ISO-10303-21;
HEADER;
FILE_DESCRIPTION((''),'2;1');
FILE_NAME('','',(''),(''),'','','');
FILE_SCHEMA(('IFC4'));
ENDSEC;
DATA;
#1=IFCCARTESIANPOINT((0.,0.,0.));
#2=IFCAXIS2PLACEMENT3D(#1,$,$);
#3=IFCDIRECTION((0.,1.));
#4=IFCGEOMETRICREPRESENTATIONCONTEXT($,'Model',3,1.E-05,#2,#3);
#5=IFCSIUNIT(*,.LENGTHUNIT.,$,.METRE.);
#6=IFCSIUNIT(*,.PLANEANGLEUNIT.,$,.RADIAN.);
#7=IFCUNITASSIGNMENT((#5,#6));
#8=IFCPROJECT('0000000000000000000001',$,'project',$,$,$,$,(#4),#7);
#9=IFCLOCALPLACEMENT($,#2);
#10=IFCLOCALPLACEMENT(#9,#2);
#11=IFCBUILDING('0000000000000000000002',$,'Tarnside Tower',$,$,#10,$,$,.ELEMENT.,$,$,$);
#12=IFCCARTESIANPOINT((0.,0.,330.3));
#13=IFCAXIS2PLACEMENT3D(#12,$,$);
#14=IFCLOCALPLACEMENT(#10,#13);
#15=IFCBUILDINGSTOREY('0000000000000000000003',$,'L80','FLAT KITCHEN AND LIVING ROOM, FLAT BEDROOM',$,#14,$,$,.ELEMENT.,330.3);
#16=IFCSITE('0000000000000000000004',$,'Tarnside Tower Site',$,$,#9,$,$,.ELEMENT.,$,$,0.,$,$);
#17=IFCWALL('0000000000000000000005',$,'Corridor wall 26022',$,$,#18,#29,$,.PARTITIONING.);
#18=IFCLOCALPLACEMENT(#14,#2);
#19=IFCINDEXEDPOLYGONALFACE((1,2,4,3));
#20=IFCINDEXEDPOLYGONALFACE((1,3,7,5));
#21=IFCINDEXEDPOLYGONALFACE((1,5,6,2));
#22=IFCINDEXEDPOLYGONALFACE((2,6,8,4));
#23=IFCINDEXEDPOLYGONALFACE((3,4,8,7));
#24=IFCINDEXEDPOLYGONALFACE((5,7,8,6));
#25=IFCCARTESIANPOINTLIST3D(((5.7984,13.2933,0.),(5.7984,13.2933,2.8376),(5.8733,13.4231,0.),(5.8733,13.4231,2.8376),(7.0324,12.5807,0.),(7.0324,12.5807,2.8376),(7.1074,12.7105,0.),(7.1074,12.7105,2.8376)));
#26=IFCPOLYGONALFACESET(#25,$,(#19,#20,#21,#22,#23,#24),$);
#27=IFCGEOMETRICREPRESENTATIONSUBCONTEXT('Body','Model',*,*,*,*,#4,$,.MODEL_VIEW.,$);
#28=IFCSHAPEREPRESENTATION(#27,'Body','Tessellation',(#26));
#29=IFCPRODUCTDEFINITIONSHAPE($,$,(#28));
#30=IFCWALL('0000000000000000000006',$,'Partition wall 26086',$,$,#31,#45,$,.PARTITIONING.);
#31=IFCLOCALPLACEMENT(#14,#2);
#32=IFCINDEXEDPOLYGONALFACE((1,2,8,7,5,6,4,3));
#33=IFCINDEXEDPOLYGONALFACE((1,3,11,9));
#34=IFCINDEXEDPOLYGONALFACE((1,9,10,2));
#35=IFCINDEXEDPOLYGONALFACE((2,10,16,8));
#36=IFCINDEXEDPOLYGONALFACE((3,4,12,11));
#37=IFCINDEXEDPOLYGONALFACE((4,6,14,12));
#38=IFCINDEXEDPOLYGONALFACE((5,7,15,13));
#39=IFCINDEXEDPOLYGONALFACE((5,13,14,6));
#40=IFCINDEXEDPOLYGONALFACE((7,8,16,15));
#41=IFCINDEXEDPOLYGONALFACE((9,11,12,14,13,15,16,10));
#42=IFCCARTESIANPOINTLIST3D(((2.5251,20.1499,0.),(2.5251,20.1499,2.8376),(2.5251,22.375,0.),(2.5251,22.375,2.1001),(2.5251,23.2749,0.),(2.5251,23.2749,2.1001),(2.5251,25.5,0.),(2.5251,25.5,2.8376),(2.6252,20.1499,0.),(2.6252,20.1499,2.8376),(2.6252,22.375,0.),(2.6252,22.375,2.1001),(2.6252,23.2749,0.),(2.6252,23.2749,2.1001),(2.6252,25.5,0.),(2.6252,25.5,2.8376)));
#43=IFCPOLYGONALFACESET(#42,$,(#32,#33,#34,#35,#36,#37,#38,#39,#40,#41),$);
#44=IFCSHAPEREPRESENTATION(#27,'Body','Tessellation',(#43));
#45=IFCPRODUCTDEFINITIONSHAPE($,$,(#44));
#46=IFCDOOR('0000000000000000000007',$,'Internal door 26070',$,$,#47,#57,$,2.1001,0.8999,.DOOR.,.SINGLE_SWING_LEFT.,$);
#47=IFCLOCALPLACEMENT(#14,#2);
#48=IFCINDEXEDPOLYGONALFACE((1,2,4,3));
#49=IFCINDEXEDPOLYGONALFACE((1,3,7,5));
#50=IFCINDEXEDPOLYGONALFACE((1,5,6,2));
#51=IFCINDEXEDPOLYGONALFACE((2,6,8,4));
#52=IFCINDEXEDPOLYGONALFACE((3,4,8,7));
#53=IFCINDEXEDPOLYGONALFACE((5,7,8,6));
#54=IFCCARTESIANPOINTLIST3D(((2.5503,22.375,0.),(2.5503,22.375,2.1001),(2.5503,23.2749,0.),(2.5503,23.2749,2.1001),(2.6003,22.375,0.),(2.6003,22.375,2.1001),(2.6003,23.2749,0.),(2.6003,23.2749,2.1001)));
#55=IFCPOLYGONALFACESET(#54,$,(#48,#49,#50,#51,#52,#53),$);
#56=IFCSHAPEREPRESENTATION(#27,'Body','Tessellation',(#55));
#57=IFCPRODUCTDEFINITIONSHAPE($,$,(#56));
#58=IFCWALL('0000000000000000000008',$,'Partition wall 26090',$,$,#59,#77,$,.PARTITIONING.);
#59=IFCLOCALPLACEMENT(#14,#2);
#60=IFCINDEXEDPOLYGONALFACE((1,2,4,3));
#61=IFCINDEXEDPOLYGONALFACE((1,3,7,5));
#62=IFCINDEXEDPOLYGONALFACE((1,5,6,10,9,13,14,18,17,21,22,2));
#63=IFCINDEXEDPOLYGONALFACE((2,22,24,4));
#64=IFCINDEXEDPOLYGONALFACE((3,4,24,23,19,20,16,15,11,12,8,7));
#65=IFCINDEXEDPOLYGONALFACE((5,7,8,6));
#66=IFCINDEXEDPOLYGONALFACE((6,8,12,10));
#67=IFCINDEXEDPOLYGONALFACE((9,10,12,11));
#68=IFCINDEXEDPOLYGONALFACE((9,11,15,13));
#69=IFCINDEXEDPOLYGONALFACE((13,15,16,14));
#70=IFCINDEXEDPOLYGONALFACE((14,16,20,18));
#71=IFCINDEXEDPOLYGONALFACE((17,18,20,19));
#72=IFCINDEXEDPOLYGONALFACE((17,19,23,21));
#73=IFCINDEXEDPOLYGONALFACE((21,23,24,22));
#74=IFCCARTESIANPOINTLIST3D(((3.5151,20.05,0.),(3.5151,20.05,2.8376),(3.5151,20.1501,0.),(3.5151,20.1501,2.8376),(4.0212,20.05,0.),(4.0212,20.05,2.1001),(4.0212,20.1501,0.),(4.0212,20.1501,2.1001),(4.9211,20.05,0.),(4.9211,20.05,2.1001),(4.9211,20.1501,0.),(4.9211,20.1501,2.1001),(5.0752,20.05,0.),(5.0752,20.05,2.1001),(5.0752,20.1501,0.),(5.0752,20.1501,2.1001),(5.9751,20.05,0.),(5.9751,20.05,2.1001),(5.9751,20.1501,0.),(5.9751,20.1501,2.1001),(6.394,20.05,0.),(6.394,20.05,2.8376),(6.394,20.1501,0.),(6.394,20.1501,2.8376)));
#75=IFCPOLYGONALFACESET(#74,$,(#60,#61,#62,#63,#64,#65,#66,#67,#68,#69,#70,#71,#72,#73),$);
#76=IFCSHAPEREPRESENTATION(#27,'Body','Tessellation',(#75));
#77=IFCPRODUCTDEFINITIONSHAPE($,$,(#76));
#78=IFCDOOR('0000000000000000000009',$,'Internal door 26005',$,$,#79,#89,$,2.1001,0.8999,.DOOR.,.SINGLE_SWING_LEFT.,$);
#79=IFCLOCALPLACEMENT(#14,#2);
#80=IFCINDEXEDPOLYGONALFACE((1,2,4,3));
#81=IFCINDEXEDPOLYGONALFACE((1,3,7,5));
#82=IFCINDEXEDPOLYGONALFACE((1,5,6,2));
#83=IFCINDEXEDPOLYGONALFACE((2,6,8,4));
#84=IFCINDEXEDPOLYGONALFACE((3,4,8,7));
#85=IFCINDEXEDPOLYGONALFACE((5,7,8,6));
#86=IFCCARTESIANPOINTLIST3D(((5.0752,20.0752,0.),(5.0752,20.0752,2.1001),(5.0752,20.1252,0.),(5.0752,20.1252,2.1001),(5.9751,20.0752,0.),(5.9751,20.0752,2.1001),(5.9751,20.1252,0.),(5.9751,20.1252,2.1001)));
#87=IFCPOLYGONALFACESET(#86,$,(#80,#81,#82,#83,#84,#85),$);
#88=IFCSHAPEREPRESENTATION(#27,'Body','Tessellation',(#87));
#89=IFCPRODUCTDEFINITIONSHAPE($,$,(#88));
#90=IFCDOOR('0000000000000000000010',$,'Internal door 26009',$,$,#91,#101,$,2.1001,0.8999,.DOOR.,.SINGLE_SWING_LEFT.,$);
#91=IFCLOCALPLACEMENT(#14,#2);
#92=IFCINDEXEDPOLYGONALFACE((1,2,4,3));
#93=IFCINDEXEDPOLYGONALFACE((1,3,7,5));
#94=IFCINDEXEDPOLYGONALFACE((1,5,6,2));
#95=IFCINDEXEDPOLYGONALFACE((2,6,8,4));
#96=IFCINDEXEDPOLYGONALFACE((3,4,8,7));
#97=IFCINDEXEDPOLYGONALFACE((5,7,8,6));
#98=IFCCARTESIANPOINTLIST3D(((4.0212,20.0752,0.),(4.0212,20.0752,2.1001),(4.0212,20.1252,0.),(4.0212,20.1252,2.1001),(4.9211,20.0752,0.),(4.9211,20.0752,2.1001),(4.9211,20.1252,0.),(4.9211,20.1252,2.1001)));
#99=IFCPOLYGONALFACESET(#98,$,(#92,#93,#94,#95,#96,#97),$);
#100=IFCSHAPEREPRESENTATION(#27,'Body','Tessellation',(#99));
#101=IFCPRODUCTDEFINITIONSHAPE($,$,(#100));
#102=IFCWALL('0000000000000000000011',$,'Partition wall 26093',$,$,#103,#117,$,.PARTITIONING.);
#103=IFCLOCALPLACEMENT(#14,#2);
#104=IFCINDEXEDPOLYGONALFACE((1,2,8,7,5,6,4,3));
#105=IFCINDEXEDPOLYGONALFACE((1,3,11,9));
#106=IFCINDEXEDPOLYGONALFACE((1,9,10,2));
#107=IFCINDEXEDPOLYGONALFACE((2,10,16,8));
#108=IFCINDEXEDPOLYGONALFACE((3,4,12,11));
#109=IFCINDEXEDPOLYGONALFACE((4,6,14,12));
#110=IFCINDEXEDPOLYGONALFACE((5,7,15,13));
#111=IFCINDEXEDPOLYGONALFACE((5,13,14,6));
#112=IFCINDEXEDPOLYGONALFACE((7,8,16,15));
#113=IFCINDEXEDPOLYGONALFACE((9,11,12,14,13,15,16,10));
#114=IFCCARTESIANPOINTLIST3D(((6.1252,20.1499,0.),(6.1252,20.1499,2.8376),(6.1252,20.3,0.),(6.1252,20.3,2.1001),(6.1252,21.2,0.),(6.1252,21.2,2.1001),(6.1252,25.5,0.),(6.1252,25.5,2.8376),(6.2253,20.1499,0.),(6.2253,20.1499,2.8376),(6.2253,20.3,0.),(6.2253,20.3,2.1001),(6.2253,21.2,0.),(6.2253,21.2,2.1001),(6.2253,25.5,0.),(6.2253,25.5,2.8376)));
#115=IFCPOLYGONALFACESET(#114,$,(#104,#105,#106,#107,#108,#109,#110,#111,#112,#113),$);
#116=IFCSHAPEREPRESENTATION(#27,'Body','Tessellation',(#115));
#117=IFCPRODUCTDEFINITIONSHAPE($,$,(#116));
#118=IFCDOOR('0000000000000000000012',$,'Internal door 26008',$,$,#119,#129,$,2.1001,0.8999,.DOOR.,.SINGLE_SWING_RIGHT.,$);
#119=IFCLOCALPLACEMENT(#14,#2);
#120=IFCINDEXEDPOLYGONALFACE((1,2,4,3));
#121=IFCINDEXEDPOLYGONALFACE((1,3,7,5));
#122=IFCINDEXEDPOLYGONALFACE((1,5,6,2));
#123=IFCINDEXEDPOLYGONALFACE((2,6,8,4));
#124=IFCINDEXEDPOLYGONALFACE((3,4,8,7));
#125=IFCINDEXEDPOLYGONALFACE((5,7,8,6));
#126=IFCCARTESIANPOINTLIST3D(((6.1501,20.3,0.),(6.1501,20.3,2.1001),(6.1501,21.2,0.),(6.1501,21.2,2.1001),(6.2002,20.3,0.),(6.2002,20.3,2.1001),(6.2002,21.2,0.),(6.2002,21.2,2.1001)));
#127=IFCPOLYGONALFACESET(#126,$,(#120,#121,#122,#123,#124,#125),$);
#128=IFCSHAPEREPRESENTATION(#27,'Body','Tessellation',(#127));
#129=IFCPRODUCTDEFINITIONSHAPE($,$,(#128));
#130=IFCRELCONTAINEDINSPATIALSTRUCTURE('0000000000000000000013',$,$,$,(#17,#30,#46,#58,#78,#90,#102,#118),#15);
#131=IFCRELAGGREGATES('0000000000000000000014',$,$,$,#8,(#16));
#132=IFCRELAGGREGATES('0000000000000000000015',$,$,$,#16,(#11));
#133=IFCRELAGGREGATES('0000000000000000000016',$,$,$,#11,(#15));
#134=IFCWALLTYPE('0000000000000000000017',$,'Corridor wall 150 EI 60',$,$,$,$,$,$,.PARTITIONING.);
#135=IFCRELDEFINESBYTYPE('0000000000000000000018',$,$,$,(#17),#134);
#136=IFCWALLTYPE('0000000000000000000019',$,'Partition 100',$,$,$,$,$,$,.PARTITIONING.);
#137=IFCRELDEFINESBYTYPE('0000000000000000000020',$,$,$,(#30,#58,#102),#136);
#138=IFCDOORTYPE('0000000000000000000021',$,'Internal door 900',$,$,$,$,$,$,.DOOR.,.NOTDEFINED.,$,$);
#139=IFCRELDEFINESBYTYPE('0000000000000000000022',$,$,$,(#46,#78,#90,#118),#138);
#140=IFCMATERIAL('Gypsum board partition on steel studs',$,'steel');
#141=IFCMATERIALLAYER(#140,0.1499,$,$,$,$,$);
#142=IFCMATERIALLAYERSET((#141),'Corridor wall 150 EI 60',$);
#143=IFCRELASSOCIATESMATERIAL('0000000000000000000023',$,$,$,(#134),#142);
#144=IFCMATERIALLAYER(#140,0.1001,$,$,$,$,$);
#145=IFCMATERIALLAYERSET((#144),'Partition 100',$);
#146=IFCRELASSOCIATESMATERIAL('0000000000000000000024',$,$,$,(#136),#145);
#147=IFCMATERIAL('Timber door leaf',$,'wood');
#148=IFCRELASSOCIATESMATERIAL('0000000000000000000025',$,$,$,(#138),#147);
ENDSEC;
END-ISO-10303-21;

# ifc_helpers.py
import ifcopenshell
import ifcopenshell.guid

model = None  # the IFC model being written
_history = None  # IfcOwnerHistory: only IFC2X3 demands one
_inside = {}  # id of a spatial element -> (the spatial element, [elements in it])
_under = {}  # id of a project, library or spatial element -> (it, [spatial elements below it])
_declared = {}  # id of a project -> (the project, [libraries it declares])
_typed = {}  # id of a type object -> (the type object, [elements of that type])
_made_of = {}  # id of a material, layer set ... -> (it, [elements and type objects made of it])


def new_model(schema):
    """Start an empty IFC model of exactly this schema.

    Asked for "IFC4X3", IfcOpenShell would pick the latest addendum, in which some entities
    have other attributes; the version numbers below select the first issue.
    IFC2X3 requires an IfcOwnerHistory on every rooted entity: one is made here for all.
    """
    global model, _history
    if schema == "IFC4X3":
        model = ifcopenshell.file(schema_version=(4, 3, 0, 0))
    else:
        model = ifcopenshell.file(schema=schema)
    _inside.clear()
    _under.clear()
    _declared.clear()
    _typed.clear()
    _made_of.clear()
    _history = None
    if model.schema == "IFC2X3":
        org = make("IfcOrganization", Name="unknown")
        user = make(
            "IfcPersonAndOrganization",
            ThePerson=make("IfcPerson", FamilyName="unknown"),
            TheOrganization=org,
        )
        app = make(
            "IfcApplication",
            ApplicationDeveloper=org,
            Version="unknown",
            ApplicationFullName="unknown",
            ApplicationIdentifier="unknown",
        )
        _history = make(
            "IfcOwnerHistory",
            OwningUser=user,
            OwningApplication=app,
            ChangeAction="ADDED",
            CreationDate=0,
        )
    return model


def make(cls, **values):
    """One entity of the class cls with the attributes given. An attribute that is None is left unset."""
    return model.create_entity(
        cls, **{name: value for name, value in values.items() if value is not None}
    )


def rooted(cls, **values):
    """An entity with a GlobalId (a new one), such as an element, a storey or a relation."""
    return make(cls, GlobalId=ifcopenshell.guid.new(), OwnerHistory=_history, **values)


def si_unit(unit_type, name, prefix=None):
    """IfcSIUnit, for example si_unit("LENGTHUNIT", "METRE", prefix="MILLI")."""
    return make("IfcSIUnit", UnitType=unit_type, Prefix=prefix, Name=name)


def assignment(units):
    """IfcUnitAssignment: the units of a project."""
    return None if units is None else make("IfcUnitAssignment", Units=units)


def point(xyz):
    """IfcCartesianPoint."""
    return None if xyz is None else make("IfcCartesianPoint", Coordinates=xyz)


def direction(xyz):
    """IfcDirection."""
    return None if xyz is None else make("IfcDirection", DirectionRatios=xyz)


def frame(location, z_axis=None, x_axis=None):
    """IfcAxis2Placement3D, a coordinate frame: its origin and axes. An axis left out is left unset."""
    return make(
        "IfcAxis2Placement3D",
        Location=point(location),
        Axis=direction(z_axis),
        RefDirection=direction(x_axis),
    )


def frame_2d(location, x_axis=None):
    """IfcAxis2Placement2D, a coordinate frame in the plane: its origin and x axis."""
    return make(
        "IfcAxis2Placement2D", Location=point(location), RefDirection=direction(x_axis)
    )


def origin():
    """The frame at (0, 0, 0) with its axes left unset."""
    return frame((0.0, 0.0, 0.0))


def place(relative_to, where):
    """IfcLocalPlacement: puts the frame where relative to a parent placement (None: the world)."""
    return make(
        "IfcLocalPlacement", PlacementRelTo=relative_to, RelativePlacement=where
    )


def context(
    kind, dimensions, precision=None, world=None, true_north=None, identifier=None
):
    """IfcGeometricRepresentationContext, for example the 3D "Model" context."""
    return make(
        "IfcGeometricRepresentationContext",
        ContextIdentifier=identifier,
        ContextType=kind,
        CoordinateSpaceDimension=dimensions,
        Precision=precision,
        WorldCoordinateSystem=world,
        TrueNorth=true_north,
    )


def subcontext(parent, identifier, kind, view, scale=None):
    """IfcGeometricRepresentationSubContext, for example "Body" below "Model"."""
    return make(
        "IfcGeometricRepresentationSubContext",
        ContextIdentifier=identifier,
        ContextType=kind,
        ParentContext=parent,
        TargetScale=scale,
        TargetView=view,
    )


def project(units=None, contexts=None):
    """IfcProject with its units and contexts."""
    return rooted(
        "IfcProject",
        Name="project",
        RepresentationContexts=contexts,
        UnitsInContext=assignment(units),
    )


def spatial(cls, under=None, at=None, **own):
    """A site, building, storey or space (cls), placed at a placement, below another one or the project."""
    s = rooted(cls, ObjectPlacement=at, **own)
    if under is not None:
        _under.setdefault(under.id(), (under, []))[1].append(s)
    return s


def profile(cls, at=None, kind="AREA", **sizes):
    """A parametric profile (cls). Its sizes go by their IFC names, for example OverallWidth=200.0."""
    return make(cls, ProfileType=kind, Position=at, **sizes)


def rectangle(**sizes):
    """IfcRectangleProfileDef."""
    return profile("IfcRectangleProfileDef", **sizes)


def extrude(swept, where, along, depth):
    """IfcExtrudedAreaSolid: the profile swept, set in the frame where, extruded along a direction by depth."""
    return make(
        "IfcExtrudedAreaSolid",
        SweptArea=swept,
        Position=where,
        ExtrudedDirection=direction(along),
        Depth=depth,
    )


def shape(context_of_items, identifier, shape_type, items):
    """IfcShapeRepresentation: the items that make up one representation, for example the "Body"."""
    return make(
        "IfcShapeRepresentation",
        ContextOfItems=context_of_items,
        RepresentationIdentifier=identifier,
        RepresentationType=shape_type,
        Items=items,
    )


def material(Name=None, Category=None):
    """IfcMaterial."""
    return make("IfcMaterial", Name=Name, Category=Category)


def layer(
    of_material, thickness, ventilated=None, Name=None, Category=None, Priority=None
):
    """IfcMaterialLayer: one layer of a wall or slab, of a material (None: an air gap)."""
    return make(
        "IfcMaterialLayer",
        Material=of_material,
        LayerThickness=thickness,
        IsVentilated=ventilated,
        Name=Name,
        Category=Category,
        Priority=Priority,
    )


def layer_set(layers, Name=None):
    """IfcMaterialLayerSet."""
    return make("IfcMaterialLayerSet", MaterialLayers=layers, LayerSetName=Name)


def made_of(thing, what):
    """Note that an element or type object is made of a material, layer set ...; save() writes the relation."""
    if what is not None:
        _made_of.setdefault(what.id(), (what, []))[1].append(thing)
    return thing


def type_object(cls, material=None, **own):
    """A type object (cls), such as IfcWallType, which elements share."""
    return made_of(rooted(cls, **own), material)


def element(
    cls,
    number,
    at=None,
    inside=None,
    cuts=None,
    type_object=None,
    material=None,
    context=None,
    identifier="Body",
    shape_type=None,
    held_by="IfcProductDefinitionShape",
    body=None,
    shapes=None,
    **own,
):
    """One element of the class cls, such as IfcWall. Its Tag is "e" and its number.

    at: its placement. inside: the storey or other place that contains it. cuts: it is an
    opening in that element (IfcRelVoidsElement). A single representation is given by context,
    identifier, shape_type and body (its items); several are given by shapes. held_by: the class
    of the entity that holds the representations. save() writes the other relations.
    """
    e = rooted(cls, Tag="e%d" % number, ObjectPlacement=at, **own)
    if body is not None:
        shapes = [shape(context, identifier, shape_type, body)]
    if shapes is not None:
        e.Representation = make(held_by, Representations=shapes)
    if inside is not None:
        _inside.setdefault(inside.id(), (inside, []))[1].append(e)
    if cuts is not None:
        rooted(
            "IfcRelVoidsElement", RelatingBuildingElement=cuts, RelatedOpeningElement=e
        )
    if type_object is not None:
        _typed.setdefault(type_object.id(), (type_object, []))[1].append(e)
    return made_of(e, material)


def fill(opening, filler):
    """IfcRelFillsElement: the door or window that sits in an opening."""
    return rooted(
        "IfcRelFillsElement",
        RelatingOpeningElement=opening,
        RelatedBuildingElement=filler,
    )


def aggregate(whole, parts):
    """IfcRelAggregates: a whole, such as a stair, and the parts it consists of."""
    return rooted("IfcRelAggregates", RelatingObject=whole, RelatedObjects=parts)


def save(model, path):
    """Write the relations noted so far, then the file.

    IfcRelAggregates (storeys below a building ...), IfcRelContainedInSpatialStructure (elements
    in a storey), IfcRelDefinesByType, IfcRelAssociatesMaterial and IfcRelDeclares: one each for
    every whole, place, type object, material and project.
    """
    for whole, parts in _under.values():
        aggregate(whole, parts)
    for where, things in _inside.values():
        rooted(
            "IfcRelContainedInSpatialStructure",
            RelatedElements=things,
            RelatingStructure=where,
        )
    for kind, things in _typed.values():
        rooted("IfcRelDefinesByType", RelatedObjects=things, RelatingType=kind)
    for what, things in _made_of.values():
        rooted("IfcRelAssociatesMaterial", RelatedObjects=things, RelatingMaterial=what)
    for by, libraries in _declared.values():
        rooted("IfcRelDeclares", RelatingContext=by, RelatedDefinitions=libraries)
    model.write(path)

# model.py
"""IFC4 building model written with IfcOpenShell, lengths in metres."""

from ifc_helpers import new_model, si_unit, direction, frame, frame_2d, origin, place, context, subcontext, project, spatial, rectangle, extrude, material, layer, layer_set, type_object, element, fill, save


model = new_model("IFC4")

# Units and contexts
model_context = context("Model", 3, precision=1e-05, world=origin(), true_north=direction((0.0, 1.0)))
body_context = subcontext(model_context, "Body", "Model", "MODEL_VIEW")
ifc_project = project(units=[si_unit("LENGTHUNIT", "METRE"), si_unit("PLANEANGLEUNIT", "RADIAN")], contexts=[model_context])

# Site, building, storey
site_placement = place(None, origin())
site = spatial("IfcSite", under=ifc_project, at=site_placement, Name="Tarnside Tower Site", CompositionType="ELEMENT", RefElevation=0.0)
building_placement = place(site_placement, origin())
building = spatial("IfcBuilding", under=site, at=building_placement, Name="Tarnside Tower", CompositionType="ELEMENT")
storey_placement = place(building_placement, frame((0.0, 0.0, 330.3)))
storey = spatial("IfcBuildingStorey", under=building, at=storey_placement, Name="L80", Description="FLAT KITCHEN AND LIVING ROOM, FLAT BEDROOM", CompositionType="ELEMENT", Elevation=330.3)

# Shared definitions
ifc_material_1 = material(Name="Gypsum board partition on steel studs", Category="steel")

# Shared definitions
ifc_material_2 = material(Name="Timber door leaf", Category="wood")

# Shared definitions
ifc_layer_1 = layer(ifc_material_1, 0.1499)
ifc_layer_set_1 = layer_set([ifc_layer_1], Name="Corridor wall 150 EI 60")
wall_type_1 = type_object("IfcWallType", Name="Corridor wall 150 EI 60", PredefinedType="PARTITIONING", material=ifc_layer_set_1)

# Wall
wall_1_placement = place(storey_placement, frame((5.8359, 13.3582, 0.0), z_axis=(0.0, 0.0, 1.0), x_axis=(0.865989, -0.500064, 0.0)))
element("IfcWall", 1, at=wall_1_placement, inside=storey, type_object=wall_type_1, Name="Corridor wall 26022", PredefinedType="PARTITIONING", context=body_context, shape_type="SweptSolid", body=[
    extrude(rectangle(XDim=1.425, YDim=0.1499, at=frame_2d((0.7124, 0.0))), origin(), (0.0, 0.0, 1.0), 2.8376),
])

# Wall, opening, door
ifc_layer_2 = layer(ifc_material_1, 0.1001)
ifc_layer_set_2 = layer_set([ifc_layer_2], Name="Partition 100")
wall_type_2 = type_object("IfcWallType", Name="Partition 100", PredefinedType="PARTITIONING", material=ifc_layer_set_2)
wall_2_placement = place(storey_placement, frame((2.5752, 20.1499, 0.0), z_axis=(0.0, 0.0, 1.0), x_axis=(0.0, 1.0, 0.0)))
wall_2 = element("IfcWall", 2, at=wall_2_placement, inside=storey, type_object=wall_type_2, Name="Partition wall 26086", PredefinedType="PARTITIONING", context=body_context, shape_type="SweptSolid", body=[
    extrude(rectangle(XDim=5.3501, YDim=0.1001, at=frame_2d((2.675, 0.0))), origin(), (0.0, 0.0, 1.0), 2.8376),
])
opening_1_placement = place(wall_2_placement, frame((2.2251, 0.0, 0.0)))
opening_1 = element("IfcOpeningElement", 3, at=opening_1_placement, cuts=wall_2, PredefinedType="OPENING", context=body_context, shape_type="SweptSolid", body=[
    extrude(rectangle(XDim=0.8999, YDim=2.1001, at=frame_2d((0.45, 1.05))), frame((0.0, 0.0601, 0.0), z_axis=(0.0, -1.0, 0.0), x_axis=(1.0, 0.0, 0.0)), (0.0, 0.0, 1.0), 0.1201),
])
door_type_1 = type_object("IfcDoorType", Name="Internal door 900", OperationType="NOTDEFINED", PredefinedType="DOOR", material=ifc_material_2)
door_1_placement = place(opening_1_placement, origin())
door_1 = element("IfcDoor", 4, at=door_1_placement, inside=storey, type_object=door_type_1, Name="Internal door 26070", OperationType="SINGLE_SWING_LEFT", OverallHeight=2.1001, OverallWidth=0.8999, PredefinedType="DOOR", context=body_context, shape_type="SweptSolid", body=[
    extrude(rectangle(XDim=0.8999, YDim=2.1001, at=frame_2d((0.45, 1.05))), frame((0.0, 0.0249, 0.0), z_axis=(0.0, -1.0, 0.0), x_axis=(1.0, 0.0, 0.0)), (0.0, 0.0, 1.0), 0.05),
])
fill(opening_1, door_1)

# Wall, openings, doors
wall_3_placement = place(storey_placement, frame((6.394, 20.1001, 0.0), z_axis=(0.0, 0.0, 1.0), x_axis=(-1.0, 0.0, 0.0)))
wall_3 = element("IfcWall", 5, at=wall_3_placement, inside=storey, type_object=wall_type_2, Name="Partition wall 26090", PredefinedType="PARTITIONING", context=body_context, shape_type="SweptSolid", body=[
    extrude(rectangle(XDim=2.8789, YDim=0.1001, at=frame_2d((1.4395, 0.0))), origin(), (0.0, 0.0, 1.0), 2.8376),
])
opening_2_placement = place(wall_3_placement, frame((0.4189, 0.0, 0.0)))
opening_2 = element("IfcOpeningElement", 6, at=opening_2_placement, cuts=wall_3, PredefinedType="OPENING", context=body_context, shape_type="SweptSolid", body=[
    extrude(rectangle(XDim=0.8999, YDim=2.1001, at=frame_2d((0.45, 1.05))), frame((0.0, 0.0601, 0.0), z_axis=(0.0, -1.0, 0.0), x_axis=(1.0, 0.0, 0.0)), (0.0, 0.0, 1.0), 0.1201),
])
opening_3_placement = place(wall_3_placement, frame((1.4729, 0.0, 0.0)))
opening_3 = element("IfcOpeningElement", 7, at=opening_3_placement, cuts=wall_3, PredefinedType="OPENING", context=body_context, shape_type="SweptSolid", body=[
    extrude(rectangle(XDim=0.8999, YDim=2.1001, at=frame_2d((0.45, 1.05))), frame((0.0, 0.0601, 0.0), z_axis=(0.0, -1.0, 0.0), x_axis=(1.0, 0.0, 0.0)), (0.0, 0.0, 1.0), 0.1201),
])
door_2_placement = place(opening_2_placement, origin())
door_2 = element("IfcDoor", 8, at=door_2_placement, inside=storey, type_object=door_type_1, Name="Internal door 26005", OperationType="SINGLE_SWING_LEFT", OverallHeight=2.1001, OverallWidth=0.8999, PredefinedType="DOOR", context=body_context, shape_type="SweptSolid", body=[
    extrude(rectangle(XDim=0.8999, YDim=2.1001, at=frame_2d((0.45, 1.05))), frame((0.0, 0.0249, 0.0), z_axis=(0.0, -1.0, 0.0), x_axis=(1.0, 0.0, 0.0)), (0.0, 0.0, 1.0), 0.05),
])
fill(opening_2, door_2)
door_3_placement = place(opening_3_placement, origin())
door_3 = element("IfcDoor", 9, at=door_3_placement, inside=storey, type_object=door_type_1, Name="Internal door 26009", OperationType="SINGLE_SWING_LEFT", OverallHeight=2.1001, OverallWidth=0.8999, PredefinedType="DOOR", context=body_context, shape_type="SweptSolid", body=[
    extrude(rectangle(XDim=0.8999, YDim=2.1001, at=frame_2d((0.45, 1.05))), frame((0.0, 0.0249, 0.0), z_axis=(0.0, -1.0, 0.0), x_axis=(1.0, 0.0, 0.0)), (0.0, 0.0, 1.0), 0.05),
])
fill(opening_3, door_3)

# Wall, opening, door
wall_4_placement = place(storey_placement, frame((6.1753, 25.5, 0.0), z_axis=(0.0, 0.0, 1.0), x_axis=(0.0, -1.0, 0.0)))
wall_4 = element("IfcWall", 10, at=wall_4_placement, inside=storey, type_object=wall_type_2, Name="Partition wall 26093", PredefinedType="PARTITIONING", context=body_context, shape_type="SweptSolid", body=[
    extrude(rectangle(XDim=5.3501, YDim=0.1001, at=frame_2d((2.675, 0.0))), origin(), (0.0, 0.0, 1.0), 2.8376),
])
opening_4_placement = place(wall_4_placement, frame((4.3, 0.0, 0.0)))
opening_4 = element("IfcOpeningElement", 11, at=opening_4_placement, cuts=wall_4, PredefinedType="OPENING", context=body_context, shape_type="SweptSolid", body=[
    extrude(rectangle(XDim=0.8999, YDim=2.1001, at=frame_2d((0.45, 1.05))), frame((0.0, 0.0601, 0.0), z_axis=(0.0, -1.0, 0.0), x_axis=(1.0, 0.0, 0.0)), (0.0, 0.0, 1.0), 0.1201),
])
door_4_placement = place(opening_4_placement, origin())
door_4 = element("IfcDoor", 12, at=door_4_placement, inside=storey, type_object=door_type_1, Name="Internal door 26008", OperationType="SINGLE_SWING_RIGHT", OverallHeight=2.1001, OverallWidth=0.8999, PredefinedType="DOOR", context=body_context, shape_type="SweptSolid", body=[
    extrude(rectangle(XDim=0.8999, YDim=2.1001, at=frame_2d((0.45, 1.05))), frame((0.0, 0.0249, 0.0), z_axis=(0.0, -1.0, 0.0), x_axis=(1.0, 0.0, 0.0)), (0.0, 0.0, 1.0), 0.05),
])
fill(opening_4, door_4)

save(model, "model.ifc")
